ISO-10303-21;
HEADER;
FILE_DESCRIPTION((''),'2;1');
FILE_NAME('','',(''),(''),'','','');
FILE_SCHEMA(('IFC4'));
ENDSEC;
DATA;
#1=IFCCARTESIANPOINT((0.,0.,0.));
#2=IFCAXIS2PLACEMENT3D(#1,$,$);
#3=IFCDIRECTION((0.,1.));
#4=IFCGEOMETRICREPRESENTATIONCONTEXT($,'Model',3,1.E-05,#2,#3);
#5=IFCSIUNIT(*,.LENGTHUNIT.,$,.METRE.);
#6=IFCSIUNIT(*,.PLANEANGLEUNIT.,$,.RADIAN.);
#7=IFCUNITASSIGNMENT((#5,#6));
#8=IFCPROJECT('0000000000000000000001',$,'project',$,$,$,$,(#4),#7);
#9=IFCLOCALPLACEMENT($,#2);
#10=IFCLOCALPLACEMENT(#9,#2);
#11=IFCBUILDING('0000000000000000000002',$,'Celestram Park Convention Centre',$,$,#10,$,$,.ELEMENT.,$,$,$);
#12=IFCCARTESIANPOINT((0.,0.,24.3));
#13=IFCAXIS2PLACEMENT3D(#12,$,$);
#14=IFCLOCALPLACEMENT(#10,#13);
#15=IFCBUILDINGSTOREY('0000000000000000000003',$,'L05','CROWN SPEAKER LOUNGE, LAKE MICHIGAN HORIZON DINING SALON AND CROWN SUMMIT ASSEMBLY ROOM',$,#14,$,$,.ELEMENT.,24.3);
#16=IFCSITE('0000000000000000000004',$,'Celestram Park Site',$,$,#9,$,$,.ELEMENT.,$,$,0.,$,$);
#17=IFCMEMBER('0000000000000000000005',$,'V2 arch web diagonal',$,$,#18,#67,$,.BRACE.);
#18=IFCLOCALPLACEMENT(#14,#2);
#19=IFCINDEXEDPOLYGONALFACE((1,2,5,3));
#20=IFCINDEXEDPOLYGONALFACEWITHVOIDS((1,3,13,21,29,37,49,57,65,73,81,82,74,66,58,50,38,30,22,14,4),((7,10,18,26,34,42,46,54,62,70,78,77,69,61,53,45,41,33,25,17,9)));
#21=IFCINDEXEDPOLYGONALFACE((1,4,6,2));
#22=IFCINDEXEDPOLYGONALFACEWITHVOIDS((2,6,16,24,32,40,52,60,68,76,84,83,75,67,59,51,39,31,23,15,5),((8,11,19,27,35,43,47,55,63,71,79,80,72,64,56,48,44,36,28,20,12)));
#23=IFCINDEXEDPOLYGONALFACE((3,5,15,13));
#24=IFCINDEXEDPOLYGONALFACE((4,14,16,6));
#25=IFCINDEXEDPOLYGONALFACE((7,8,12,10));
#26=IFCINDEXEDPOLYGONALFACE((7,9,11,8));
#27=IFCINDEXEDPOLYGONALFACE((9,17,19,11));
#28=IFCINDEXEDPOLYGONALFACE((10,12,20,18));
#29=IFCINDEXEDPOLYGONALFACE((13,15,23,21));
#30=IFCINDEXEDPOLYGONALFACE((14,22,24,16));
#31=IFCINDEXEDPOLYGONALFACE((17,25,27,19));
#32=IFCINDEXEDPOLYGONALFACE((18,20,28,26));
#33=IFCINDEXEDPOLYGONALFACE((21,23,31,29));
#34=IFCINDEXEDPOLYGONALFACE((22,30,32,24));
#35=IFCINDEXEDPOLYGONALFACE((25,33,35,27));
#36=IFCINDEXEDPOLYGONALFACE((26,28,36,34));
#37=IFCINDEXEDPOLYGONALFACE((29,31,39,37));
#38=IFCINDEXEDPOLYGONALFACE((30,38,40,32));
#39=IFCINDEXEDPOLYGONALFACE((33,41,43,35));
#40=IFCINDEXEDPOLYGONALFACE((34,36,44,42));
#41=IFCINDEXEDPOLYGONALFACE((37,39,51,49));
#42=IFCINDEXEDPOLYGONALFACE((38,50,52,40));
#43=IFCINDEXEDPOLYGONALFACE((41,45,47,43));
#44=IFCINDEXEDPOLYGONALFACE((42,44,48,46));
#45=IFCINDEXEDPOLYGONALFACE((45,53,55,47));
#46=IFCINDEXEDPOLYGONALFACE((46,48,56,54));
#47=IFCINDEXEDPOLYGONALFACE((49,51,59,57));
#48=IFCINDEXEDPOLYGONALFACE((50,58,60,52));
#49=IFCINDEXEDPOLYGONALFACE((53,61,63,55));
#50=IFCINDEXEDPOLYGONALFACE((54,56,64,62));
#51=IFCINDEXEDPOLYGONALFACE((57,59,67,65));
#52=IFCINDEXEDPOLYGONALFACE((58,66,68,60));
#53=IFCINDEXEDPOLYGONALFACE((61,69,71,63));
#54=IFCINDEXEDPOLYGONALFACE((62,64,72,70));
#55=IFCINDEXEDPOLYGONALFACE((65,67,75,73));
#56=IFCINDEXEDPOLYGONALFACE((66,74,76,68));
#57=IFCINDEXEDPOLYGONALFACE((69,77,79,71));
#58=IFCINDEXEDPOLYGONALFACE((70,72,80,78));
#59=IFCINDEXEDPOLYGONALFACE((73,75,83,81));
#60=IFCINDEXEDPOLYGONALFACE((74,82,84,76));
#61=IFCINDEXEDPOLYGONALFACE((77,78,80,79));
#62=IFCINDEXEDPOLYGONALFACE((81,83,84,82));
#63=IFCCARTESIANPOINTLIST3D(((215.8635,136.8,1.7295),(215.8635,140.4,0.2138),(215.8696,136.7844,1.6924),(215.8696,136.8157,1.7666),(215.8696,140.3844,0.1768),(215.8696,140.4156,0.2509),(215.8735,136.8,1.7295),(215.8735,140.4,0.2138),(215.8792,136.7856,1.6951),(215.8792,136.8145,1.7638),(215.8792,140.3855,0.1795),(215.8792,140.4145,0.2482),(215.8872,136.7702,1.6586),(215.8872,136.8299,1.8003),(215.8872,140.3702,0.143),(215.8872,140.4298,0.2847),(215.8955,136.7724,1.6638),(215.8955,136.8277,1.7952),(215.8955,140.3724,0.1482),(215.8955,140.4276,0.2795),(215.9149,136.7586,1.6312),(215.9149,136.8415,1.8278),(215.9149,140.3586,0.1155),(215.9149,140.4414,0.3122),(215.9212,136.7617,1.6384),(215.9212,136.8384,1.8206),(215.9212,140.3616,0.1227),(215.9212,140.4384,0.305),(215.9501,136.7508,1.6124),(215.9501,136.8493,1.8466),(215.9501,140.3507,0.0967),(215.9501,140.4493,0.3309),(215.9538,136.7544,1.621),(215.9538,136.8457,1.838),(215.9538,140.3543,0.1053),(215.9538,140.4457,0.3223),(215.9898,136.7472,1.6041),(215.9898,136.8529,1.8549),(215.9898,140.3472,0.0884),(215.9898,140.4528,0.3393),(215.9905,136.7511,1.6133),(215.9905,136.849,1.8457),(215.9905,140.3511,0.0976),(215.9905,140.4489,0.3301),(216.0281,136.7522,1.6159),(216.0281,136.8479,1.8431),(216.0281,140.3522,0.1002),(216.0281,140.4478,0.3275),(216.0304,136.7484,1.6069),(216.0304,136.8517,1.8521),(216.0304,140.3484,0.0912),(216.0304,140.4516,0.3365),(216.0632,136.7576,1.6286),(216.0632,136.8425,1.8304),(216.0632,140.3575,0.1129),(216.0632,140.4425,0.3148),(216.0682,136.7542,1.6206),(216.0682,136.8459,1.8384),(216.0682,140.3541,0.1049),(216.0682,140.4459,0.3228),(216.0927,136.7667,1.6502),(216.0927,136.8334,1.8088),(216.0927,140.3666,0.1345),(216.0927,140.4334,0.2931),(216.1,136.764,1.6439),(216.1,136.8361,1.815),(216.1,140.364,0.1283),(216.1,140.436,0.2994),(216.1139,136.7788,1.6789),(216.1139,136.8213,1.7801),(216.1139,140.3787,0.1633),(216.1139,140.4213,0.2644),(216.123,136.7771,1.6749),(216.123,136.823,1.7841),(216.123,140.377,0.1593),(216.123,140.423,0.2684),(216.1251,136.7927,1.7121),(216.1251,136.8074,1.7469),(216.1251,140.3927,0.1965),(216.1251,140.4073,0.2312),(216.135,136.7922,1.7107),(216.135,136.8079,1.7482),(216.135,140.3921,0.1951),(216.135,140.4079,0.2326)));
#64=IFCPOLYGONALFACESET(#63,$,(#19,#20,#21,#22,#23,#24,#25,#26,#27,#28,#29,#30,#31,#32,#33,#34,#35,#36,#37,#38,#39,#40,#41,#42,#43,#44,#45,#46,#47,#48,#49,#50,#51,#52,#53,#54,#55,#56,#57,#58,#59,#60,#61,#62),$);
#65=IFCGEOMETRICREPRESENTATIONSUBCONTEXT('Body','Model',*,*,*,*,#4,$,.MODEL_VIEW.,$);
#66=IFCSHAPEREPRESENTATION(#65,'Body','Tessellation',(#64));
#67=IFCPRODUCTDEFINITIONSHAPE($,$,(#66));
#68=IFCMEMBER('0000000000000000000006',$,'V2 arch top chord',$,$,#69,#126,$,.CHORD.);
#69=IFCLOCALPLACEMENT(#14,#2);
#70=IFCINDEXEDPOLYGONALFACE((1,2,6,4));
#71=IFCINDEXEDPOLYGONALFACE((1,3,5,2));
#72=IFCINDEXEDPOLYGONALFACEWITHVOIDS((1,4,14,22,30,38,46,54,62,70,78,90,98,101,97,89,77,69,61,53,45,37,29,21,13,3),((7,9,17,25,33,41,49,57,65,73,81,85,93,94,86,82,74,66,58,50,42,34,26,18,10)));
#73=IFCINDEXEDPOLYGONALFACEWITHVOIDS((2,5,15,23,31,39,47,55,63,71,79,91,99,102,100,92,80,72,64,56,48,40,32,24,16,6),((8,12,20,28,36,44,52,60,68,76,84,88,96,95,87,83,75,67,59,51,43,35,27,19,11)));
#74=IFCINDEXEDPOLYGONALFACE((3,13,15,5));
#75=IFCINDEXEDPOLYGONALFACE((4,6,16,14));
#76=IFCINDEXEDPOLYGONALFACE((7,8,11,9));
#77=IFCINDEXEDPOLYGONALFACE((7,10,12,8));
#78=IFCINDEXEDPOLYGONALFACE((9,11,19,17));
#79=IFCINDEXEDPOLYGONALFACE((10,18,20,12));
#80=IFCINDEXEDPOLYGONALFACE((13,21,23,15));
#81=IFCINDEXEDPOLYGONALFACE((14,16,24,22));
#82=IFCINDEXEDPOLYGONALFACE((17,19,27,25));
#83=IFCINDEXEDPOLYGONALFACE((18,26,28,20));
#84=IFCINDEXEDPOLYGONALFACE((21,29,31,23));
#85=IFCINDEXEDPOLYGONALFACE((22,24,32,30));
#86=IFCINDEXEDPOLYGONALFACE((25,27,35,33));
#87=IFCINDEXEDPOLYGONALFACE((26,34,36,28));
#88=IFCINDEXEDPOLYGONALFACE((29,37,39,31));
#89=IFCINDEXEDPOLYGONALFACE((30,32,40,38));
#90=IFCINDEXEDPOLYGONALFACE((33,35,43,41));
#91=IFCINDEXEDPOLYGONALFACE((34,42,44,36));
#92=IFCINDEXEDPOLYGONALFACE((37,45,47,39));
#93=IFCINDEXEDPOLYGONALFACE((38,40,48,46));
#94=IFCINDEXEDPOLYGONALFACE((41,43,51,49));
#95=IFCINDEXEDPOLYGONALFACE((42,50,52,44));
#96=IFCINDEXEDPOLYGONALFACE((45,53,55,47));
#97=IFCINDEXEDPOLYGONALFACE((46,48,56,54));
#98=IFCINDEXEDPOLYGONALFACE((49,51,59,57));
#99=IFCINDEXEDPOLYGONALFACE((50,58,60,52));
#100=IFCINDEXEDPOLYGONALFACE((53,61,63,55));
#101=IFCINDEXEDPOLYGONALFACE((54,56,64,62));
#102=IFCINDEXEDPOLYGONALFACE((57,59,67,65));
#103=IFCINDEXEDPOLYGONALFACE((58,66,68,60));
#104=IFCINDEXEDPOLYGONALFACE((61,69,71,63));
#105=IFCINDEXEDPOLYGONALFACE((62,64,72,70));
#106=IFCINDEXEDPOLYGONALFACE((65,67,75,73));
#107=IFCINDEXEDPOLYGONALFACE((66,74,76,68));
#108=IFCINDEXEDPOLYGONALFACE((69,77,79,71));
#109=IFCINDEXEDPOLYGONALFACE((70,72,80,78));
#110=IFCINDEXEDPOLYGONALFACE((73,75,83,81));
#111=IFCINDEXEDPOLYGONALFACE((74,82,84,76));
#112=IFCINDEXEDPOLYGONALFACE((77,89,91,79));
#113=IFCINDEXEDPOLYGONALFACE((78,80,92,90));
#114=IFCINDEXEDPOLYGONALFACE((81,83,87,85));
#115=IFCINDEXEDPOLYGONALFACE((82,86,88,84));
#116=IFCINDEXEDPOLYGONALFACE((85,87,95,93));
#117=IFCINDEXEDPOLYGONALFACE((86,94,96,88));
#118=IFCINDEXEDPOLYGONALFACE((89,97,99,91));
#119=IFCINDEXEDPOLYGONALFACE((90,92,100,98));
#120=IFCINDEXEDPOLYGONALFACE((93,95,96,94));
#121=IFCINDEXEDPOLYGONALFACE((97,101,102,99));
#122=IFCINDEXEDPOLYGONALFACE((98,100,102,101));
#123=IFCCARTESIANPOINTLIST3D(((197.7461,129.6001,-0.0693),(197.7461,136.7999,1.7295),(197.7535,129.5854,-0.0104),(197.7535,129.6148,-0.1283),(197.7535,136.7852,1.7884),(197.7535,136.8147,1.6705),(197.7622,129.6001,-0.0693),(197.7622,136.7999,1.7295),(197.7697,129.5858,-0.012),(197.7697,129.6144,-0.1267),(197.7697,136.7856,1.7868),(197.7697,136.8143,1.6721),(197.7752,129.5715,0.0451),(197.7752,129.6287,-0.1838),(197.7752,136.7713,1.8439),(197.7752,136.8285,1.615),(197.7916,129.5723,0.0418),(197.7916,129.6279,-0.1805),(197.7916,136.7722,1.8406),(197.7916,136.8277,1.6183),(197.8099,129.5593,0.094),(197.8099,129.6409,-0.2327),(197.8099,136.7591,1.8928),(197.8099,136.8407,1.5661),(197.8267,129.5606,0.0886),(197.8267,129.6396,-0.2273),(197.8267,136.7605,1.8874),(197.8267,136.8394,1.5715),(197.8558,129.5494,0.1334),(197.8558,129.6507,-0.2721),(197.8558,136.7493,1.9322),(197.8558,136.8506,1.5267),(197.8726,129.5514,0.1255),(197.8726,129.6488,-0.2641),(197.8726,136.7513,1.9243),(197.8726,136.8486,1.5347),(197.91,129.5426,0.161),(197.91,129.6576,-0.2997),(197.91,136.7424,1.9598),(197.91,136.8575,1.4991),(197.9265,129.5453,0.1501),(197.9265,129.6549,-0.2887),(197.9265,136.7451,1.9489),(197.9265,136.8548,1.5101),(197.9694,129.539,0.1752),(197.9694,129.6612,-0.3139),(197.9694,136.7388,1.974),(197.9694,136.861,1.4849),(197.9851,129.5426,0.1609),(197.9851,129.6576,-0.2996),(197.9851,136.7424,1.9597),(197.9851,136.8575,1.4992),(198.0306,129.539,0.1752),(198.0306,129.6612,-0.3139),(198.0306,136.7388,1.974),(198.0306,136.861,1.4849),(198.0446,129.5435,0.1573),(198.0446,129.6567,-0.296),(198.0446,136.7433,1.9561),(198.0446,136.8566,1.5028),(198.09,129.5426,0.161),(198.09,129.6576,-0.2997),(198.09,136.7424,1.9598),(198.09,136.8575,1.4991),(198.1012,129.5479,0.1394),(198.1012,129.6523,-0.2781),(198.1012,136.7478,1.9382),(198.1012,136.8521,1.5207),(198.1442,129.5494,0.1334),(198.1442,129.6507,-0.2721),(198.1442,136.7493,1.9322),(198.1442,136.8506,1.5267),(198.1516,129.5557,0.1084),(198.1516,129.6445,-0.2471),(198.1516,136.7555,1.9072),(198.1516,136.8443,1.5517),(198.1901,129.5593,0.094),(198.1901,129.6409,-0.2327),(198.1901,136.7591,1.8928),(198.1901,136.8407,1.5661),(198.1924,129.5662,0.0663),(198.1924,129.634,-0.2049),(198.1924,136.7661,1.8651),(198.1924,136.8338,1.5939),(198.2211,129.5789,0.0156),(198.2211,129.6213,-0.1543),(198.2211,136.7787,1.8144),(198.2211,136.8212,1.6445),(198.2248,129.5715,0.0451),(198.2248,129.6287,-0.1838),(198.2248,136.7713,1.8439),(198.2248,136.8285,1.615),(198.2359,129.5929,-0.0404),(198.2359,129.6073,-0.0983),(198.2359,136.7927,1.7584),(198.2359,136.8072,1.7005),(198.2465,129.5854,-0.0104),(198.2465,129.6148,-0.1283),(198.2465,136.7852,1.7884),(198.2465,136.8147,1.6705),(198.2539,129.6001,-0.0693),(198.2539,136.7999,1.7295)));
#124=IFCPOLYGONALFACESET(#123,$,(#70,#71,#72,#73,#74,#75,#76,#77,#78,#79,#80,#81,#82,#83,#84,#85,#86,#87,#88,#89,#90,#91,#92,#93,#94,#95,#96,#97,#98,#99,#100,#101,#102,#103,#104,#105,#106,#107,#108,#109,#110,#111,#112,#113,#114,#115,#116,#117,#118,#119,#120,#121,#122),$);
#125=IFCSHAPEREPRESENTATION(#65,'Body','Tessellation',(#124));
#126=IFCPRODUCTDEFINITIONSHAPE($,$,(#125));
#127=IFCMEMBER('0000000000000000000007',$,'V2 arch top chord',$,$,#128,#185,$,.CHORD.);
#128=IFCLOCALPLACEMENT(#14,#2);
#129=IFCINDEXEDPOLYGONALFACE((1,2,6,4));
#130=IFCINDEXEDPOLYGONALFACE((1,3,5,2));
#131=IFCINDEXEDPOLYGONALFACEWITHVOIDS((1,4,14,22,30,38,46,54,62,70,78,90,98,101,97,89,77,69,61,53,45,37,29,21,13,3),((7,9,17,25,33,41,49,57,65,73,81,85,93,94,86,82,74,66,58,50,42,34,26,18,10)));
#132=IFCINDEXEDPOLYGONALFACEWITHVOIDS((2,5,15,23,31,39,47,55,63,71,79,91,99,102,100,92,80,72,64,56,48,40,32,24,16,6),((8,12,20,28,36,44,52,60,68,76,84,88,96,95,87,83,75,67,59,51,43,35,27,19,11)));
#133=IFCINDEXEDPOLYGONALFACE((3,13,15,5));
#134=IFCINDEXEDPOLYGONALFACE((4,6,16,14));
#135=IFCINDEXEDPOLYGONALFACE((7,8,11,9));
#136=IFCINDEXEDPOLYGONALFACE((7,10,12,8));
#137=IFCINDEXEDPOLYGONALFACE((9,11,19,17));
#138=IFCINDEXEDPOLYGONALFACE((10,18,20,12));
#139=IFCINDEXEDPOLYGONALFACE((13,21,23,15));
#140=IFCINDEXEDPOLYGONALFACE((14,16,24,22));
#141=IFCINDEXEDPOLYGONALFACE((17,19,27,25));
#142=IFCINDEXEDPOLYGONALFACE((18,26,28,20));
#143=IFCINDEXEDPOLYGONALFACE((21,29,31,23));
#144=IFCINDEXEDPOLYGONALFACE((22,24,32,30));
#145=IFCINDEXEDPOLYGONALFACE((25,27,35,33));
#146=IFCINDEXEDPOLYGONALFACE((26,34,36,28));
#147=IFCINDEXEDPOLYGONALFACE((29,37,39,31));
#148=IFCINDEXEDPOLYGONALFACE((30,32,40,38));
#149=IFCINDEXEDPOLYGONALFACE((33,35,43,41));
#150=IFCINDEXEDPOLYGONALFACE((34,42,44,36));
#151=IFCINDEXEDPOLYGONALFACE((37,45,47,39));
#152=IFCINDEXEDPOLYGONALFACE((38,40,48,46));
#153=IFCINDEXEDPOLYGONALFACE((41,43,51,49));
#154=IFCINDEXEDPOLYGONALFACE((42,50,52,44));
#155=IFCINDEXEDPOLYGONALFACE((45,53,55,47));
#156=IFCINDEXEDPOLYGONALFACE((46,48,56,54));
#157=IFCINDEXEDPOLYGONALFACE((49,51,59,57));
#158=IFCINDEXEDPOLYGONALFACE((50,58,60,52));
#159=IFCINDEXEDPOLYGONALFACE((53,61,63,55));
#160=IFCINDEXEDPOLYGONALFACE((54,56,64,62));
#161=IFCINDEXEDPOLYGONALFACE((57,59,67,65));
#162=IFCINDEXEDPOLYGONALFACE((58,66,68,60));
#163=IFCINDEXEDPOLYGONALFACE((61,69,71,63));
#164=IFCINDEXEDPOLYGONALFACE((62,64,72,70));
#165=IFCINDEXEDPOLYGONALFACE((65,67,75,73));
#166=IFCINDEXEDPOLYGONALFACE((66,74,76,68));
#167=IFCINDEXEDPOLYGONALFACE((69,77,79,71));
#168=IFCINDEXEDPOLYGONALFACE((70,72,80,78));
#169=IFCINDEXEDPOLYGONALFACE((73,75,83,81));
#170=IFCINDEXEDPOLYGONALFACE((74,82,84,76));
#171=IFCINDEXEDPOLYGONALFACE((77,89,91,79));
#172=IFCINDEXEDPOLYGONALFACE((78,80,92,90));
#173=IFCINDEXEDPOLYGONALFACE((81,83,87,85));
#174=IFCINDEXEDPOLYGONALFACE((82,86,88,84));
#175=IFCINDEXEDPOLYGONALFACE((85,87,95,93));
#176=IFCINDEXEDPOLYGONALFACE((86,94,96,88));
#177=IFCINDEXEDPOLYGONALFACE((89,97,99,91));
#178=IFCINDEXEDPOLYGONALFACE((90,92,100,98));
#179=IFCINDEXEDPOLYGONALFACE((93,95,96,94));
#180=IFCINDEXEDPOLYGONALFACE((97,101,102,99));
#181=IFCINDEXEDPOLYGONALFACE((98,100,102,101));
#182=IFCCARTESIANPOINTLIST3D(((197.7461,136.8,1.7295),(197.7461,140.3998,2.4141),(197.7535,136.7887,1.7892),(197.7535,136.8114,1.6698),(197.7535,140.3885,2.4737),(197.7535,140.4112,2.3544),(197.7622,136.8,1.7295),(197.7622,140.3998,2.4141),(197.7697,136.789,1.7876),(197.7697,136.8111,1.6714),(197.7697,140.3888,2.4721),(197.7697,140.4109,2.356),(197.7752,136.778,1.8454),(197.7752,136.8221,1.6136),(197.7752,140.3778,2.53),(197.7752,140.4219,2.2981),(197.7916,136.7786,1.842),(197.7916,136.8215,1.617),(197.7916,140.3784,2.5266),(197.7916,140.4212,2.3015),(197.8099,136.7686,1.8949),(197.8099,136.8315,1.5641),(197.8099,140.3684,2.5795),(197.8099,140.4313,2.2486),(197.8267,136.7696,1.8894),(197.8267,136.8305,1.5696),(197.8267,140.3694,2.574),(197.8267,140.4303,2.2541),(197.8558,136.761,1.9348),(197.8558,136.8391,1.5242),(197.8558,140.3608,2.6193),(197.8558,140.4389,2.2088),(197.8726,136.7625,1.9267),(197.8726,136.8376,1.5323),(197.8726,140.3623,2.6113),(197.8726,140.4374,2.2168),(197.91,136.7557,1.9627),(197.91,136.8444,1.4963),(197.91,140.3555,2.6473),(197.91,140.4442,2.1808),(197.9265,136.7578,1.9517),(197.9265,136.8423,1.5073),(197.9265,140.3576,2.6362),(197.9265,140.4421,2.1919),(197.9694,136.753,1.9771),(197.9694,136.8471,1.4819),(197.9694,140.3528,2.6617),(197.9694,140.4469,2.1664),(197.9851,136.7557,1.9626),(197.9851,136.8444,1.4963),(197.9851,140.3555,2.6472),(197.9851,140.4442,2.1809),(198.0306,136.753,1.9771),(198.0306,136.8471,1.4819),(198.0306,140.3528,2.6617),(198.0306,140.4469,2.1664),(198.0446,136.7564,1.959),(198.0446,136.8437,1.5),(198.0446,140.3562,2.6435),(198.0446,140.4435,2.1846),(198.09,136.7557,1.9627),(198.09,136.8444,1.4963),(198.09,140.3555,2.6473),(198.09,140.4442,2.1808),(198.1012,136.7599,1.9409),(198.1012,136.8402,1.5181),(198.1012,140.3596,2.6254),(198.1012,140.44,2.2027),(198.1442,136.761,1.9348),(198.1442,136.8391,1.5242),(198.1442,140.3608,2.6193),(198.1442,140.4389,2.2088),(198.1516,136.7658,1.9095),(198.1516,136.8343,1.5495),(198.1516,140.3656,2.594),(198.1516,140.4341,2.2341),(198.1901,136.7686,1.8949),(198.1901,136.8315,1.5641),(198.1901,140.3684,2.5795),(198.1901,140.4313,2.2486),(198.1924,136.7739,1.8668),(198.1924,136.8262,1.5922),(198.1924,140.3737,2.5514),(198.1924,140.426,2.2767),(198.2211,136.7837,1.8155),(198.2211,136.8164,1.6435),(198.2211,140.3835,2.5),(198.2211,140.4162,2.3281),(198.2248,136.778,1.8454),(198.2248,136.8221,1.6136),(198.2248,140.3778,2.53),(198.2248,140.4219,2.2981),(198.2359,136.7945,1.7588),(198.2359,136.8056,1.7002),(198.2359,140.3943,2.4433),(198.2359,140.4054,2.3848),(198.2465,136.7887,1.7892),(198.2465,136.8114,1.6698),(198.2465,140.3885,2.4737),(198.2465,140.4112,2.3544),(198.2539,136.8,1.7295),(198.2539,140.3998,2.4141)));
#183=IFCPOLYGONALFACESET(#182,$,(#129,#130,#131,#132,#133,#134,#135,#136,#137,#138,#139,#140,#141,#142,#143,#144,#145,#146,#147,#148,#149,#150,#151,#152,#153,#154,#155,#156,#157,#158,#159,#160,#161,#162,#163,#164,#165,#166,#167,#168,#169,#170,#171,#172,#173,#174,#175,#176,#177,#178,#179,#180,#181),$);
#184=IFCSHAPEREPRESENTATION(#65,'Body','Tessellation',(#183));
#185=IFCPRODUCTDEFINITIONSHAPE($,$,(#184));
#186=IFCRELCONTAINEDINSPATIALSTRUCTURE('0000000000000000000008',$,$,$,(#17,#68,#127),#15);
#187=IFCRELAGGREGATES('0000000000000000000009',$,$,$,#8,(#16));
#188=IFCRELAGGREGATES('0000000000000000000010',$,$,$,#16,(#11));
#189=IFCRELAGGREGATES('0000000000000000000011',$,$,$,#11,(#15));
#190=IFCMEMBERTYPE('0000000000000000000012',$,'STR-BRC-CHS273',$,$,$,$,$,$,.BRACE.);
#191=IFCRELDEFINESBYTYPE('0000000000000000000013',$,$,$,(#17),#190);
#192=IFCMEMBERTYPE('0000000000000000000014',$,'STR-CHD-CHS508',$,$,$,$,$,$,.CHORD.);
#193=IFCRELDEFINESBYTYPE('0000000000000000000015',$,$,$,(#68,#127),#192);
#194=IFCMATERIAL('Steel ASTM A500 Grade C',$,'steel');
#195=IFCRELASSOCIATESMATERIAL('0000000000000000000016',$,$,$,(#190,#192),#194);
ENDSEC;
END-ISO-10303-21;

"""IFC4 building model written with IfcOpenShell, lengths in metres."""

from ifc_helpers import new_model, si_unit, direction, frame, origin, origin_2d, place, context, subcontext, project, spatial, hollow_circle, extrude, material, material_profile, profile_set, type_object, element, save


model = new_model("IFC4")

# Units and contexts
model_context = context("Model", 3, precision=1e-05, world=origin(), true_north=direction((0.0, 1.0)))
body_context = subcontext(model_context, "Body", "Model", "MODEL_VIEW")
ifc_project = project(units=[si_unit("LENGTHUNIT", "METRE"), si_unit("PLANEANGLEUNIT", "RADIAN")], contexts=[model_context])

# Site, building, storey
site_placement = place(None, origin())
site = spatial("IfcSite", under=ifc_project, at=site_placement, Name="Celestram Park Site", CompositionType="ELEMENT", RefElevation=0.0)
building_placement = place(site_placement, origin())
building = spatial("IfcBuilding", under=site, at=building_placement, Name="Celestram Park Convention Centre", CompositionType="ELEMENT")
storey_placement = place(building_placement, frame((0.0, 0.0, 24.3)))
storey = spatial("IfcBuildingStorey", under=building, at=storey_placement, Name="L05", Description="CROWN SPEAKER LOUNGE, LAKE MICHIGAN HORIZON DINING SALON AND CROWN SUMMIT ASSEMBLY ROOM", CompositionType="ELEMENT", Elevation=24.3)

# Members
ifc_material_1 = material(Name="Steel ASTM A500 Grade C", Category="steel")
ifc_material_profile_1 = material_profile(ifc_material_1, hollow_circle(Radius=0.1365, WallThickness=0.01, at=origin_2d()), Name="CHS273X10")
ifc_profile_set_1 = profile_set([ifc_material_profile_1], Name="Steel ASTM A500 Grade C")
member_type_1 = type_object("IfcMemberType", Name="STR-BRC-CHS273", PredefinedType="BRACE", material=ifc_profile_set_1)
for number, where, z_axis, x_axis, name in (
    (1, (216.0, 136.8, 1.7295), (0.0, 0.921645, -0.388035), (-1.0, 0.0, 0.0), "V2 arch web diagonal"),
):
    element("IfcMember", number, at=place(storey_placement, frame(where, z_axis=z_axis, x_axis=x_axis)), inside=storey, type_object=member_type_1, Name=name, PredefinedType="BRACE", context=body_context, shape_type="SweptSolid", body=[
        extrude(hollow_circle(Radius=0.1365, WallThickness=0.01, at=origin_2d()), origin(), (0.0, 0.0, 1.0), 3.906),
    ])
ifc_material_profile_2 = material_profile(ifc_material_1, hollow_circle(Radius=0.2539, WallThickness=0.0161, at=origin_2d()), Name="CHS508X16")
ifc_profile_set_2 = profile_set([ifc_material_profile_2], Name="Steel ASTM A500 Grade C")
member_type_2 = type_object("IfcMemberType", Name="STR-CHD-CHS508", PredefinedType="CHORD", material=ifc_profile_set_2)
member_1_placement = place(storey_placement, frame((198.0, 129.6001, -0.0693), z_axis=(0.0, 0.970179, 0.242389), x_axis=(-1.0, 0.0, 0.0)))
element("IfcMember", 2, at=member_1_placement, inside=storey, type_object=member_type_2, Name="V2 arch top chord", PredefinedType="CHORD", context=body_context, shape_type="SweptSolid", body=[
    extrude(hollow_circle(Radius=0.2539, WallThickness=0.0161, at=origin_2d()), origin(), (0.0, 0.0, 1.0), 7.4211),
])
member_2_placement = place(storey_placement, frame((198.0, 136.8, 1.7295), z_axis=(0.0, 0.982395, 0.186818), x_axis=(-1.0, 0.0, 0.0)))
element("IfcMember", 3, at=member_2_placement, inside=storey, type_object=member_type_2, Name="V2 arch top chord", PredefinedType="CHORD", context=body_context, shape_type="SweptSolid", body=[
    extrude(hollow_circle(Radius=0.2539, WallThickness=0.0161, at=origin_2d()), origin(), (0.0, 0.0, 1.0), 3.6643),
])

save(model, "model.ifc")
